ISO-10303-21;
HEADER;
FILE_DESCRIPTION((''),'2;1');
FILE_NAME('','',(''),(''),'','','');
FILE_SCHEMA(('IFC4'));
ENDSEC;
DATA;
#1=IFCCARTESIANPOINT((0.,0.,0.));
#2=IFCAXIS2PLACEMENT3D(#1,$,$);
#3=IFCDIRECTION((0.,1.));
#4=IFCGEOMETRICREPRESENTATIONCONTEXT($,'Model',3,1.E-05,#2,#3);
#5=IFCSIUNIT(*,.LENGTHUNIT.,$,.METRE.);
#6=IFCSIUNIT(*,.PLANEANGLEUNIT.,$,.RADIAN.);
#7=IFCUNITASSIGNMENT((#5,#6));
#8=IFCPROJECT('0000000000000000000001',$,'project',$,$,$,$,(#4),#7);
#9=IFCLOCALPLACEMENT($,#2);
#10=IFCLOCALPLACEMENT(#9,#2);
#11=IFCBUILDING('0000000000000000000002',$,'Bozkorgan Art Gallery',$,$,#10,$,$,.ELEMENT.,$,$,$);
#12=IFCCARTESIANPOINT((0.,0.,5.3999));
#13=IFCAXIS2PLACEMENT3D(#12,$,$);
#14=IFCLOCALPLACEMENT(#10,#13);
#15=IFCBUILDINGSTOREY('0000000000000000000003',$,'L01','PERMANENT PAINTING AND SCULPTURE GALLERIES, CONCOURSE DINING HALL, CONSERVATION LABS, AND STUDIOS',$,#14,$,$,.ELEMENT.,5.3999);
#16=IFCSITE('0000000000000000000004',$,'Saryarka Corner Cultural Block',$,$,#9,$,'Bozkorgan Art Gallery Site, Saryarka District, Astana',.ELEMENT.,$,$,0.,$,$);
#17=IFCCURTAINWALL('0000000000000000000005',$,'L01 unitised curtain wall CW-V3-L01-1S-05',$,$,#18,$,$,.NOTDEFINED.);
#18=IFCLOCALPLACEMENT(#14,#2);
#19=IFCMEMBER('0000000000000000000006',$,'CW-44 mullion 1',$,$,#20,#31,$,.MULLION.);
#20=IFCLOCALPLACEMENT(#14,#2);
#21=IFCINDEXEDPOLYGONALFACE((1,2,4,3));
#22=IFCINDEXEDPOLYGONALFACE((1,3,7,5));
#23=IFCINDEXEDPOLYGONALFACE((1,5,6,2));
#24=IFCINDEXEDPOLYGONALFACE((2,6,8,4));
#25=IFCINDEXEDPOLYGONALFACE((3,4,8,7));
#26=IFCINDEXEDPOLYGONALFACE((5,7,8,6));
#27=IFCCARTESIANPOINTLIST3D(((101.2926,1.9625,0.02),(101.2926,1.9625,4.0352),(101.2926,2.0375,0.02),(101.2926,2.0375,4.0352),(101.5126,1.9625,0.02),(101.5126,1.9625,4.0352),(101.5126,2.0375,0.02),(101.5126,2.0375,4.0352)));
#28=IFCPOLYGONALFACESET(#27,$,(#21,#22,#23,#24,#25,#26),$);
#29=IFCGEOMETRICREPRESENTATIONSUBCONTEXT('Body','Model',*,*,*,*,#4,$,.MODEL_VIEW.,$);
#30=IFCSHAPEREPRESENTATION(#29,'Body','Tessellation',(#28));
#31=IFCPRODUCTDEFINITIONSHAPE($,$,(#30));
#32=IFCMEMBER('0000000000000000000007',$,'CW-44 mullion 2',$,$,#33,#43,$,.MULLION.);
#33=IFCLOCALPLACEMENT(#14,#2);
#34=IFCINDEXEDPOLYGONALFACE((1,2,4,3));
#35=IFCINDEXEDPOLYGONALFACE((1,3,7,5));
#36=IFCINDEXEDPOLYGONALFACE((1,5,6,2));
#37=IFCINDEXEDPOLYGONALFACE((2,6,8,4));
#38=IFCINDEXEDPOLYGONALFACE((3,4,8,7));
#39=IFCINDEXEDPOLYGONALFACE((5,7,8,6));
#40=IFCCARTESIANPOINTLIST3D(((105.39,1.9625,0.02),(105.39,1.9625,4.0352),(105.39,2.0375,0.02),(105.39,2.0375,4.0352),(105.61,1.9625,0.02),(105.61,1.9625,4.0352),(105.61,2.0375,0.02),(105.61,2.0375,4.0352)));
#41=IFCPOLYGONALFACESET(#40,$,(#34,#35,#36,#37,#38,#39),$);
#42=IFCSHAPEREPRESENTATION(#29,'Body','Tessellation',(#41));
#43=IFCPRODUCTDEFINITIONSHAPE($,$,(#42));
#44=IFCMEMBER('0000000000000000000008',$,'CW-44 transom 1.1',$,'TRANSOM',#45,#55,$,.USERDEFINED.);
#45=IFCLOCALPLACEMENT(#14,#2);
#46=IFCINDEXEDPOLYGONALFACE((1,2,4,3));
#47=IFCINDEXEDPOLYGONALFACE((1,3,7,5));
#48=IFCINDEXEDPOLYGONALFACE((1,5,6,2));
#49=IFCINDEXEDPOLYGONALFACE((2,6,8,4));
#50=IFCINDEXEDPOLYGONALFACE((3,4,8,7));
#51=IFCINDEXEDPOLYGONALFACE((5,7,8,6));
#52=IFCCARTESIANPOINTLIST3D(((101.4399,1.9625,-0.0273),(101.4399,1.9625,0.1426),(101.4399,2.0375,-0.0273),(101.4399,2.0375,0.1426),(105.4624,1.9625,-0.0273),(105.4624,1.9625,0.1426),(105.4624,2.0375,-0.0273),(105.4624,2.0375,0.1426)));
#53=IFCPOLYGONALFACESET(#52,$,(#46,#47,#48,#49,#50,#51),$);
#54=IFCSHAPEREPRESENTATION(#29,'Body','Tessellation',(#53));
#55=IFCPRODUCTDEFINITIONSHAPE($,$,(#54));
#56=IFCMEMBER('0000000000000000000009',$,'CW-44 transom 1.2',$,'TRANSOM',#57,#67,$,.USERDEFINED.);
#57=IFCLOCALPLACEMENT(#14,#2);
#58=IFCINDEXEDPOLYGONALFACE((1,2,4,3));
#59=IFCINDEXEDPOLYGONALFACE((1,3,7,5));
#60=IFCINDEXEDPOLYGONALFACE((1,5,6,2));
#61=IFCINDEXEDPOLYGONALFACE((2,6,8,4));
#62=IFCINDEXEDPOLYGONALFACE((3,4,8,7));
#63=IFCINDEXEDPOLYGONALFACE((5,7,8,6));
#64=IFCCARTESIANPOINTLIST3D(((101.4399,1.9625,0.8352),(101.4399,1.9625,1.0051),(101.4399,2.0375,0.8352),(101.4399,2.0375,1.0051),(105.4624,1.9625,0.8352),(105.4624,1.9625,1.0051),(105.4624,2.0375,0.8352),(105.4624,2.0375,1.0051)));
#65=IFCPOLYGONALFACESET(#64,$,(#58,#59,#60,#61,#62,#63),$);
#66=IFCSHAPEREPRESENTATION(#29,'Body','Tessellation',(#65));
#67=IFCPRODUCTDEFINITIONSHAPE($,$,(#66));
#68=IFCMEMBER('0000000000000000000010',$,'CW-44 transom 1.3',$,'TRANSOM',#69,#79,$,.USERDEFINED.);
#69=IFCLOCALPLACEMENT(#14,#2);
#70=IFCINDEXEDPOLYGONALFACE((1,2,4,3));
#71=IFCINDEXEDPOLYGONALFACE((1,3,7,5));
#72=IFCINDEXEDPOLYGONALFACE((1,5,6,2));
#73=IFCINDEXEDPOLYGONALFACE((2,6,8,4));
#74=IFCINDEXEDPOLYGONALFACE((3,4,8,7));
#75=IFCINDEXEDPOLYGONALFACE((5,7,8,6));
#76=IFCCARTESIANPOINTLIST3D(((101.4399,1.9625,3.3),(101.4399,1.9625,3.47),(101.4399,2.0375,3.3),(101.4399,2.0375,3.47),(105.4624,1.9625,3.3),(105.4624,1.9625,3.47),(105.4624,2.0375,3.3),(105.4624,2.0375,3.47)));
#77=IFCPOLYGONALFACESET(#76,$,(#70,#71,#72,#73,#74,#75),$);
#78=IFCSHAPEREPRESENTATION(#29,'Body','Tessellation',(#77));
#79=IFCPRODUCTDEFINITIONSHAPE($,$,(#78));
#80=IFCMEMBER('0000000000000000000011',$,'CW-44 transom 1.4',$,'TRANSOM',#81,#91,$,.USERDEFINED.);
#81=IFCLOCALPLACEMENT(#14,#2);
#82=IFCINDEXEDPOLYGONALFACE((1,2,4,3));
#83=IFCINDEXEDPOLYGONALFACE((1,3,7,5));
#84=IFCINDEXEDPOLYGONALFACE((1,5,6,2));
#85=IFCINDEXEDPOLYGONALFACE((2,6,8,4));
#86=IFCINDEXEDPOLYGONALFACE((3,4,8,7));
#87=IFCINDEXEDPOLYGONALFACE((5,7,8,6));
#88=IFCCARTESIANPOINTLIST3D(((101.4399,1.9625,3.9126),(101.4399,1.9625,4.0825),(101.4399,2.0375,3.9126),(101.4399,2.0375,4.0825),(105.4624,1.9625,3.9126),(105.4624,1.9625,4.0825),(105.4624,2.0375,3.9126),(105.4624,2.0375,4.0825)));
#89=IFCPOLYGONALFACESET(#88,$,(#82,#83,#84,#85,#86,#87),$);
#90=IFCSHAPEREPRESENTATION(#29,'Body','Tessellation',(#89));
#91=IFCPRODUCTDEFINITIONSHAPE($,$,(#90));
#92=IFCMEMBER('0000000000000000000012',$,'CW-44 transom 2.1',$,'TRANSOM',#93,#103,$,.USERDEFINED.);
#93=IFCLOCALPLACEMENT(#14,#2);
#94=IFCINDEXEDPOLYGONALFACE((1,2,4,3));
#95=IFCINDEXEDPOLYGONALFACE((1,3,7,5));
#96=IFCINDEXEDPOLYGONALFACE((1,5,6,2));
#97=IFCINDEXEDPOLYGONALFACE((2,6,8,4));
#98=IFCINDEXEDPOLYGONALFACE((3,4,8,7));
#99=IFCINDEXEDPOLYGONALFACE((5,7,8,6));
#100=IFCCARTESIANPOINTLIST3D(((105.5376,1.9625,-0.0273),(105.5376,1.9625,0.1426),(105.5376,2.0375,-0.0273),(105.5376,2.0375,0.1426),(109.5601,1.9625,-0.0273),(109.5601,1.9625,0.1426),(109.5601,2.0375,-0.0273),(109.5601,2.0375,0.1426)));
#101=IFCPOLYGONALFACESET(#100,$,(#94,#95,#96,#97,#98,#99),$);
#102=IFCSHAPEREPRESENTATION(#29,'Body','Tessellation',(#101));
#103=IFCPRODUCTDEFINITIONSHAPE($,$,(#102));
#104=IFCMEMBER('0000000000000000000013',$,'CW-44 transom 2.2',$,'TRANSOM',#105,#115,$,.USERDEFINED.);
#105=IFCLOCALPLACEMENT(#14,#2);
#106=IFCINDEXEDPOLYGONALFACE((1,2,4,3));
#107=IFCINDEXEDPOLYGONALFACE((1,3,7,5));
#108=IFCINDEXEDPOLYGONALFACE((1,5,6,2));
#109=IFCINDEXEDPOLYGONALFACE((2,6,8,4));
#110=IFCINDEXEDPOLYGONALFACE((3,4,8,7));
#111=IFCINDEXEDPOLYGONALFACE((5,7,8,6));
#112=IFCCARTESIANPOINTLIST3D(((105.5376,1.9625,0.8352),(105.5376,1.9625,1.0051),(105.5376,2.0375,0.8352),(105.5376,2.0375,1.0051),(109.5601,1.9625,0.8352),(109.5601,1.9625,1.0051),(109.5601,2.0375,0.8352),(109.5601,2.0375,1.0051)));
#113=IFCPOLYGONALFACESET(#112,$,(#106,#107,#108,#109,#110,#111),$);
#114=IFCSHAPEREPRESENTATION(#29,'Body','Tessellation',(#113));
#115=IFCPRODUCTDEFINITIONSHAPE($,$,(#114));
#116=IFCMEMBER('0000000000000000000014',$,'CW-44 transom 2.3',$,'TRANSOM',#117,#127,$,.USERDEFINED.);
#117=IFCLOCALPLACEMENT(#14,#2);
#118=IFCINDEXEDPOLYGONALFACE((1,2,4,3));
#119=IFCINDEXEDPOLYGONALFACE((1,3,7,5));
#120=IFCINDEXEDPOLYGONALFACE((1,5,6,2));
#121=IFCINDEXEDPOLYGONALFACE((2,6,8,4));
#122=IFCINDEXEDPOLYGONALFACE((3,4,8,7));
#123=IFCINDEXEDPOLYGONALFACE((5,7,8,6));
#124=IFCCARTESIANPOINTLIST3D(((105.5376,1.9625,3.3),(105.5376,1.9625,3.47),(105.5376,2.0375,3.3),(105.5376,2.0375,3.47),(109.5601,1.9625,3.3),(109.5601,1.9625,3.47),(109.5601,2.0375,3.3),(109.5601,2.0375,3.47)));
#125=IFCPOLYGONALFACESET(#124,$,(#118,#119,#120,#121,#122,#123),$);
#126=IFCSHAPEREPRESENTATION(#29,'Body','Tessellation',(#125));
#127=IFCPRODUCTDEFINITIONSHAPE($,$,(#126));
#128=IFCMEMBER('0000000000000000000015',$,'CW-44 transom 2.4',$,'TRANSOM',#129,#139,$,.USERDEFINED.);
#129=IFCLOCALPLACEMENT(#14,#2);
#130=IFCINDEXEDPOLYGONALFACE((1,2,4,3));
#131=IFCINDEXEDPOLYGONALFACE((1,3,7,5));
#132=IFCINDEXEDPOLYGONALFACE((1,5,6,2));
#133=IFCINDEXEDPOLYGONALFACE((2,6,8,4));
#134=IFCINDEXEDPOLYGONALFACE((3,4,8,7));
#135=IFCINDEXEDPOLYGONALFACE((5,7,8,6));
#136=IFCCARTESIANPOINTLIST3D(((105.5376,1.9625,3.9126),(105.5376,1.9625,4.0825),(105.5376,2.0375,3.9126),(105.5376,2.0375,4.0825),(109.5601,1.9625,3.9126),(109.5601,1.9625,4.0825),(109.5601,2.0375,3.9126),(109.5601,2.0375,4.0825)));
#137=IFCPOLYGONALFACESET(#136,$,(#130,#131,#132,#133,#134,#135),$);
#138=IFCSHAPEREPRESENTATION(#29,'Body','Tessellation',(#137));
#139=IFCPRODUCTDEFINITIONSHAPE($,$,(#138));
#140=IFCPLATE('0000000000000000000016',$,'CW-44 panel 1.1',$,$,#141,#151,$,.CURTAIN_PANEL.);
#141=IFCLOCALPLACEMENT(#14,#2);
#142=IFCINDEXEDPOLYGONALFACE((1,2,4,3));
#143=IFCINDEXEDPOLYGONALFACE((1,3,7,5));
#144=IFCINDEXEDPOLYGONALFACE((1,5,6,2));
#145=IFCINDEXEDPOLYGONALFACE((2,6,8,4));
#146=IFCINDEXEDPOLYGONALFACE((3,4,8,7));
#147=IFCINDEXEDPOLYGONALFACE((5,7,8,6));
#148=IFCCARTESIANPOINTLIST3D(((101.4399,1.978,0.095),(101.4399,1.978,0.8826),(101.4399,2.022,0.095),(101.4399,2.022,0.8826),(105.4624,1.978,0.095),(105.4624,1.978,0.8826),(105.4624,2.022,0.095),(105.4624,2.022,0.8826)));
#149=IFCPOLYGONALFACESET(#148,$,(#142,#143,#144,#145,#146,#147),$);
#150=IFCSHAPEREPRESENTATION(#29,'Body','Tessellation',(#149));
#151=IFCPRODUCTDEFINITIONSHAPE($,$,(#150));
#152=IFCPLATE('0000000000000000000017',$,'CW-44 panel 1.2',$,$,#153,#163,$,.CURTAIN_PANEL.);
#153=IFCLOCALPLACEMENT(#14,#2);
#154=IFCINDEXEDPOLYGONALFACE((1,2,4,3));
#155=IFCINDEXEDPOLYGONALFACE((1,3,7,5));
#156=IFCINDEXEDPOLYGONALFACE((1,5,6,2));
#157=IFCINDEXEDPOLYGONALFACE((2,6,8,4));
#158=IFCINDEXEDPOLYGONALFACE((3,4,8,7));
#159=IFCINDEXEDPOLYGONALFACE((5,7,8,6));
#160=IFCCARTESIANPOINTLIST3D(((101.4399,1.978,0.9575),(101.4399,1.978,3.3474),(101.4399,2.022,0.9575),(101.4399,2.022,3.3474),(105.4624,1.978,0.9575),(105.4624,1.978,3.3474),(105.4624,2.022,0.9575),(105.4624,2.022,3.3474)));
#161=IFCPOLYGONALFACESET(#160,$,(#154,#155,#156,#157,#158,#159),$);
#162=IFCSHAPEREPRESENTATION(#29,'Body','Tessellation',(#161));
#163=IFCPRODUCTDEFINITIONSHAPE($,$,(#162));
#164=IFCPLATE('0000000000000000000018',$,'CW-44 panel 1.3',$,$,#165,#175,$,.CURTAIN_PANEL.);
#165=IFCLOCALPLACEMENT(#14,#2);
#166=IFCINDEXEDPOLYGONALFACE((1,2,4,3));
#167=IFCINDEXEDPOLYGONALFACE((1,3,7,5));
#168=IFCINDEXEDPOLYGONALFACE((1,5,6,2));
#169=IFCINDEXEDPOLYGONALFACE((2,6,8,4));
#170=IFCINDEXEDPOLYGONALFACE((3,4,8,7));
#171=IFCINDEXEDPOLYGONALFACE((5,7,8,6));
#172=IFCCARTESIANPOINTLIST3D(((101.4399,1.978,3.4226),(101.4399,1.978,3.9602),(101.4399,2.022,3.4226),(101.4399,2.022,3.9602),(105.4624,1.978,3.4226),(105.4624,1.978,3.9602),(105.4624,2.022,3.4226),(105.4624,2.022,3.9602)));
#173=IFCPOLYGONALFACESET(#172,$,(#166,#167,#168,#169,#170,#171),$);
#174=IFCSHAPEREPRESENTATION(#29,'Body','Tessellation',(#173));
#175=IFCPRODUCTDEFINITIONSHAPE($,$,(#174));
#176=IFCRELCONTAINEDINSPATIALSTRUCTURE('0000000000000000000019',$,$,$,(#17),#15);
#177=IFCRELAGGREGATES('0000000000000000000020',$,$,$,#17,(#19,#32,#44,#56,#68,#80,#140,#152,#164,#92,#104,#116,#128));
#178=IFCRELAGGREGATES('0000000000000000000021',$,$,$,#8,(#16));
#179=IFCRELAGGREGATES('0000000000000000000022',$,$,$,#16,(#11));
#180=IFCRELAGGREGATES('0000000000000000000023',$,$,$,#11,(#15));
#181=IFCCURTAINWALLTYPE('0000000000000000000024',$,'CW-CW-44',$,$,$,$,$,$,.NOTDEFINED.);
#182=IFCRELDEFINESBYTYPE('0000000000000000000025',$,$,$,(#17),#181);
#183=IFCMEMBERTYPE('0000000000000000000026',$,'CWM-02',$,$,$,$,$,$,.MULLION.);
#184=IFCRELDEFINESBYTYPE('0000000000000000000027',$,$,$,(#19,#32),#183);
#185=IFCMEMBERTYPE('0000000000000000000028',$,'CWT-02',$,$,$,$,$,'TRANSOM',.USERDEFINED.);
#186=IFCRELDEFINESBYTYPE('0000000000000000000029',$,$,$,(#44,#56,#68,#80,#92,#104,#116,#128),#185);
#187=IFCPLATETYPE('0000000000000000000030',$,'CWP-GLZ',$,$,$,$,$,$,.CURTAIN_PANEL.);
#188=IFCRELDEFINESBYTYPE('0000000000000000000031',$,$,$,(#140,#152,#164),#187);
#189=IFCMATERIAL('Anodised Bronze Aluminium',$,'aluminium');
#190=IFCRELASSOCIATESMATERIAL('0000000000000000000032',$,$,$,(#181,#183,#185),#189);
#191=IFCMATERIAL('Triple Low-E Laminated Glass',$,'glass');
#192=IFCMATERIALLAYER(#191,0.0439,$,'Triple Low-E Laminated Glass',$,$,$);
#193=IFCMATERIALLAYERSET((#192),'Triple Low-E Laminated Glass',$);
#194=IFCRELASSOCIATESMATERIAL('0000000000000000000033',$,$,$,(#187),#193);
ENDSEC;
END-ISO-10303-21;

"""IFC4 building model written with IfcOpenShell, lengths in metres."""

from ifc_helpers import new_model, si_unit, direction, frame, origin, origin_2d, place, context, subcontext, project, spatial, rectangle, extrude, material, layer, layer_set, material_profile, profile_set, type_object, element, aggregate, save


model = new_model("IFC4")

# Units and contexts
model_context = context("Model", 3, precision=1e-05, world=origin(), true_north=direction((0.0, 1.0)))
body_context = subcontext(model_context, "Body", "Model", "MODEL_VIEW")
ifc_project = project(units=[si_unit("LENGTHUNIT", "METRE"), si_unit("PLANEANGLEUNIT", "RADIAN")], contexts=[model_context])

# Site, building, storey
site_placement = place(None, origin())
site = spatial("IfcSite", under=ifc_project, at=site_placement, Name="Saryarka Corner Cultural Block", LongName="Bozkorgan Art Gallery Site, Saryarka District, Astana", CompositionType="ELEMENT", RefElevation=0.0)
building_placement = place(site_placement, origin())
building = spatial("IfcBuilding", under=site, at=building_placement, Name="Bozkorgan Art Gallery", CompositionType="ELEMENT")
storey_placement = place(building_placement, frame((0.0, 0.0, 5.3999)))
storey = spatial("IfcBuildingStorey", under=building, at=storey_placement, Name="L01", Description="PERMANENT PAINTING AND SCULPTURE GALLERIES, CONCOURSE DINING HALL, CONSERVATION LABS, AND STUDIOS", CompositionType="ELEMENT", Elevation=5.3999)

# Curtain wall, members, plates
ifc_material_1 = material(Name="Anodised Bronze Aluminium", Category="aluminium")
curtain_wall_type = type_object("IfcCurtainWallType", Name="CW-CW-44", PredefinedType="NOTDEFINED", material=ifc_material_1)
curtain_wall_placement = place(storey_placement, origin())
curtain_wall = element("IfcCurtainWall", 1, at=curtain_wall_placement, inside=storey, type_object=curtain_wall_type, Name="L01 unitised curtain wall CW-V3-L01-1S-05", PredefinedType="NOTDEFINED")
ifc_material_profile_1 = material_profile(ifc_material_1, rectangle(XDim=0.075, YDim=0.22, at=origin_2d()), Name="ALU MULLION 75x220")
ifc_profile_set_1 = profile_set([ifc_material_profile_1], Name="Anodised Bronze Aluminium")
member_type_1 = type_object("IfcMemberType", Name="CWM-02", PredefinedType="MULLION", material=ifc_profile_set_1)
member_1_placement = place(storey_placement, frame((101.4026, 2.0, 0.02), z_axis=(0.0, 0.0, 1.0), x_axis=(0.0, 1.0, 0.0)))
member_1 = element("IfcMember", 2, at=member_1_placement, type_object=member_type_1, Name="CW-44 mullion 1", PredefinedType="MULLION", context=body_context, shape_type="SweptSolid", body=[
    extrude(rectangle(XDim=0.075, YDim=0.22, at=origin_2d()), origin(), (0.0, 0.0, 1.0), 4.0151),
])
member_2_placement = place(storey_placement, frame((105.5, 2.0, 0.02), z_axis=(0.0, 0.0, 1.0), x_axis=(0.0, 1.0, 0.0)))
member_2 = element("IfcMember", 3, at=member_2_placement, type_object=member_type_1, Name="CW-44 mullion 2", PredefinedType="MULLION", context=body_context, shape_type="SweptSolid", body=[
    extrude(rectangle(XDim=0.075, YDim=0.22, at=origin_2d()), origin(), (0.0, 0.0, 1.0), 4.0151),
])
ifc_material_profile_2 = material_profile(ifc_material_1, rectangle(XDim=0.075, YDim=0.1699, at=origin_2d()), Name="ALU TRANSOM 75x170")
ifc_profile_set_2 = profile_set([ifc_material_profile_2], Name="Anodised Bronze Aluminium")
member_type_2 = type_object("IfcMemberType", Name="CWT-02", ElementType="TRANSOM", PredefinedType="USERDEFINED", material=ifc_profile_set_2)
member_3_placement = place(storey_placement, frame((101.4399, 2.0, 0.0576), z_axis=(1.0, 0.0, 0.0), x_axis=(0.0, 1.0, 0.0)))
member_3 = element("IfcMember", 4, at=member_3_placement, type_object=member_type_2, Name="CW-44 transom 1.1", ObjectType="TRANSOM", PredefinedType="USERDEFINED", context=body_context, shape_type="SweptSolid", body=[
    extrude(rectangle(XDim=0.075, YDim=0.1699, at=origin_2d()), origin(), (0.0, 0.0, 1.0), 4.0225),
])
member_4_placement = place(storey_placement, frame((101.4399, 2.0, 0.9202), z_axis=(1.0, 0.0, 0.0), x_axis=(0.0, 1.0, 0.0)))
member_4 = element("IfcMember", 5, at=member_4_placement, type_object=member_type_2, Name="CW-44 transom 1.2", ObjectType="TRANSOM", PredefinedType="USERDEFINED", context=body_context, shape_type="SweptSolid", body=[
    extrude(rectangle(XDim=0.075, YDim=0.1699, at=origin_2d()), origin(), (0.0, 0.0, 1.0), 4.0225),
])
member_5_placement = place(storey_placement, frame((101.4399, 2.0, 3.385), z_axis=(1.0, 0.0, 0.0), x_axis=(0.0, 1.0, 0.0)))
member_5 = element("IfcMember", 6, at=member_5_placement, type_object=member_type_2, Name="CW-44 transom 1.3", ObjectType="TRANSOM", PredefinedType="USERDEFINED", context=body_context, shape_type="SweptSolid", body=[
    extrude(rectangle(XDim=0.075, YDim=0.1699, at=origin_2d()), origin(), (0.0, 0.0, 1.0), 4.0225),
])
member_6_placement = place(storey_placement, frame((101.4399, 2.0, 3.9976), z_axis=(1.0, 0.0, 0.0), x_axis=(0.0, 1.0, 0.0)))
member_6 = element("IfcMember", 7, at=member_6_placement, type_object=member_type_2, Name="CW-44 transom 1.4", ObjectType="TRANSOM", PredefinedType="USERDEFINED", context=body_context, shape_type="SweptSolid", body=[
    extrude(rectangle(XDim=0.075, YDim=0.1699, at=origin_2d()), origin(), (0.0, 0.0, 1.0), 4.0225),
])
member_7_placement = place(storey_placement, frame((105.5376, 2.0, 0.0576), z_axis=(1.0, 0.0, 0.0), x_axis=(0.0, 1.0, 0.0)))
member_7 = element("IfcMember", 8, at=member_7_placement, type_object=member_type_2, Name="CW-44 transom 2.1", ObjectType="TRANSOM", PredefinedType="USERDEFINED", context=body_context, shape_type="SweptSolid", body=[
    extrude(rectangle(XDim=0.075, YDim=0.1699, at=origin_2d()), origin(), (0.0, 0.0, 1.0), 4.0225),
])
member_8_placement = place(storey_placement, frame((105.5376, 2.0, 0.9202), z_axis=(1.0, 0.0, 0.0), x_axis=(0.0, 1.0, 0.0)))
member_8 = element("IfcMember", 9, at=member_8_placement, type_object=member_type_2, Name="CW-44 transom 2.2", ObjectType="TRANSOM", PredefinedType="USERDEFINED", context=body_context, shape_type="SweptSolid", body=[
    extrude(rectangle(XDim=0.075, YDim=0.1699, at=origin_2d()), origin(), (0.0, 0.0, 1.0), 4.0225),
])
member_9_placement = place(storey_placement, frame((105.5376, 2.0, 3.385), z_axis=(1.0, 0.0, 0.0), x_axis=(0.0, 1.0, 0.0)))
member_9 = element("IfcMember", 10, at=member_9_placement, type_object=member_type_2, Name="CW-44 transom 2.3", ObjectType="TRANSOM", PredefinedType="USERDEFINED", context=body_context, shape_type="SweptSolid", body=[
    extrude(rectangle(XDim=0.075, YDim=0.1699, at=origin_2d()), origin(), (0.0, 0.0, 1.0), 4.0225),
])
member_10_placement = place(storey_placement, frame((105.5376, 2.0, 3.9976), z_axis=(1.0, 0.0, 0.0), x_axis=(0.0, 1.0, 0.0)))
member_10 = element("IfcMember", 11, at=member_10_placement, type_object=member_type_2, Name="CW-44 transom 2.4", ObjectType="TRANSOM", PredefinedType="USERDEFINED", context=body_context, shape_type="SweptSolid", body=[
    extrude(rectangle(XDim=0.075, YDim=0.1699, at=origin_2d()), origin(), (0.0, 0.0, 1.0), 4.0225),
])
ifc_material_2 = material(Name="Triple Low-E Laminated Glass", Category="glass")
ifc_layer_1 = layer(ifc_material_2, 0.0439, Name="Triple Low-E Laminated Glass")
ifc_layer_set_1 = layer_set([ifc_layer_1], Name="Triple Low-E Laminated Glass")
plate_type = type_object("IfcPlateType", Name="CWP-GLZ", PredefinedType="CURTAIN_PANEL", material=ifc_layer_set_1)
plate_1_placement = place(storey_placement, frame((103.4512, 2.0, 0.095), z_axis=(0.0, 0.0, 1.0), x_axis=(1.0, 0.0, 0.0)))
plate_1 = element("IfcPlate", 12, at=plate_1_placement, type_object=plate_type, Name="CW-44 panel 1.1", PredefinedType="CURTAIN_PANEL", context=body_context, shape_type="SweptSolid", body=[
    extrude(rectangle(XDim=4.0225, YDim=0.0439, at=origin_2d()), origin(), (0.0, 0.0, 1.0), 0.7876),
])
plate_2_placement = place(storey_placement, frame((103.4512, 2.0, 0.9575), z_axis=(0.0, 0.0, 1.0), x_axis=(1.0, 0.0, 0.0)))
plate_2 = element("IfcPlate", 13, at=plate_2_placement, type_object=plate_type, Name="CW-44 panel 1.2", PredefinedType="CURTAIN_PANEL", context=body_context, shape_type="SweptSolid", body=[
    extrude(rectangle(XDim=4.0225, YDim=0.0439, at=origin_2d()), origin(), (0.0, 0.0, 1.0), 2.3899),
])
plate_3_placement = place(storey_placement, frame((103.4512, 2.0, 3.4226), z_axis=(0.0, 0.0, 1.0), x_axis=(1.0, 0.0, 0.0)))
plate_3 = element("IfcPlate", 14, at=plate_3_placement, type_object=plate_type, Name="CW-44 panel 1.3", PredefinedType="CURTAIN_PANEL", context=body_context, shape_type="SweptSolid", body=[
    extrude(rectangle(XDim=4.0225, YDim=0.0439, at=origin_2d()), origin(), (0.0, 0.0, 1.0), 0.5376),
])
aggregate(curtain_wall, [member_1, member_2, member_3, member_4, member_5, member_6, plate_1, plate_2, plate_3, member_7, member_8, member_9, member_10])

save(model, "model.ifc")
